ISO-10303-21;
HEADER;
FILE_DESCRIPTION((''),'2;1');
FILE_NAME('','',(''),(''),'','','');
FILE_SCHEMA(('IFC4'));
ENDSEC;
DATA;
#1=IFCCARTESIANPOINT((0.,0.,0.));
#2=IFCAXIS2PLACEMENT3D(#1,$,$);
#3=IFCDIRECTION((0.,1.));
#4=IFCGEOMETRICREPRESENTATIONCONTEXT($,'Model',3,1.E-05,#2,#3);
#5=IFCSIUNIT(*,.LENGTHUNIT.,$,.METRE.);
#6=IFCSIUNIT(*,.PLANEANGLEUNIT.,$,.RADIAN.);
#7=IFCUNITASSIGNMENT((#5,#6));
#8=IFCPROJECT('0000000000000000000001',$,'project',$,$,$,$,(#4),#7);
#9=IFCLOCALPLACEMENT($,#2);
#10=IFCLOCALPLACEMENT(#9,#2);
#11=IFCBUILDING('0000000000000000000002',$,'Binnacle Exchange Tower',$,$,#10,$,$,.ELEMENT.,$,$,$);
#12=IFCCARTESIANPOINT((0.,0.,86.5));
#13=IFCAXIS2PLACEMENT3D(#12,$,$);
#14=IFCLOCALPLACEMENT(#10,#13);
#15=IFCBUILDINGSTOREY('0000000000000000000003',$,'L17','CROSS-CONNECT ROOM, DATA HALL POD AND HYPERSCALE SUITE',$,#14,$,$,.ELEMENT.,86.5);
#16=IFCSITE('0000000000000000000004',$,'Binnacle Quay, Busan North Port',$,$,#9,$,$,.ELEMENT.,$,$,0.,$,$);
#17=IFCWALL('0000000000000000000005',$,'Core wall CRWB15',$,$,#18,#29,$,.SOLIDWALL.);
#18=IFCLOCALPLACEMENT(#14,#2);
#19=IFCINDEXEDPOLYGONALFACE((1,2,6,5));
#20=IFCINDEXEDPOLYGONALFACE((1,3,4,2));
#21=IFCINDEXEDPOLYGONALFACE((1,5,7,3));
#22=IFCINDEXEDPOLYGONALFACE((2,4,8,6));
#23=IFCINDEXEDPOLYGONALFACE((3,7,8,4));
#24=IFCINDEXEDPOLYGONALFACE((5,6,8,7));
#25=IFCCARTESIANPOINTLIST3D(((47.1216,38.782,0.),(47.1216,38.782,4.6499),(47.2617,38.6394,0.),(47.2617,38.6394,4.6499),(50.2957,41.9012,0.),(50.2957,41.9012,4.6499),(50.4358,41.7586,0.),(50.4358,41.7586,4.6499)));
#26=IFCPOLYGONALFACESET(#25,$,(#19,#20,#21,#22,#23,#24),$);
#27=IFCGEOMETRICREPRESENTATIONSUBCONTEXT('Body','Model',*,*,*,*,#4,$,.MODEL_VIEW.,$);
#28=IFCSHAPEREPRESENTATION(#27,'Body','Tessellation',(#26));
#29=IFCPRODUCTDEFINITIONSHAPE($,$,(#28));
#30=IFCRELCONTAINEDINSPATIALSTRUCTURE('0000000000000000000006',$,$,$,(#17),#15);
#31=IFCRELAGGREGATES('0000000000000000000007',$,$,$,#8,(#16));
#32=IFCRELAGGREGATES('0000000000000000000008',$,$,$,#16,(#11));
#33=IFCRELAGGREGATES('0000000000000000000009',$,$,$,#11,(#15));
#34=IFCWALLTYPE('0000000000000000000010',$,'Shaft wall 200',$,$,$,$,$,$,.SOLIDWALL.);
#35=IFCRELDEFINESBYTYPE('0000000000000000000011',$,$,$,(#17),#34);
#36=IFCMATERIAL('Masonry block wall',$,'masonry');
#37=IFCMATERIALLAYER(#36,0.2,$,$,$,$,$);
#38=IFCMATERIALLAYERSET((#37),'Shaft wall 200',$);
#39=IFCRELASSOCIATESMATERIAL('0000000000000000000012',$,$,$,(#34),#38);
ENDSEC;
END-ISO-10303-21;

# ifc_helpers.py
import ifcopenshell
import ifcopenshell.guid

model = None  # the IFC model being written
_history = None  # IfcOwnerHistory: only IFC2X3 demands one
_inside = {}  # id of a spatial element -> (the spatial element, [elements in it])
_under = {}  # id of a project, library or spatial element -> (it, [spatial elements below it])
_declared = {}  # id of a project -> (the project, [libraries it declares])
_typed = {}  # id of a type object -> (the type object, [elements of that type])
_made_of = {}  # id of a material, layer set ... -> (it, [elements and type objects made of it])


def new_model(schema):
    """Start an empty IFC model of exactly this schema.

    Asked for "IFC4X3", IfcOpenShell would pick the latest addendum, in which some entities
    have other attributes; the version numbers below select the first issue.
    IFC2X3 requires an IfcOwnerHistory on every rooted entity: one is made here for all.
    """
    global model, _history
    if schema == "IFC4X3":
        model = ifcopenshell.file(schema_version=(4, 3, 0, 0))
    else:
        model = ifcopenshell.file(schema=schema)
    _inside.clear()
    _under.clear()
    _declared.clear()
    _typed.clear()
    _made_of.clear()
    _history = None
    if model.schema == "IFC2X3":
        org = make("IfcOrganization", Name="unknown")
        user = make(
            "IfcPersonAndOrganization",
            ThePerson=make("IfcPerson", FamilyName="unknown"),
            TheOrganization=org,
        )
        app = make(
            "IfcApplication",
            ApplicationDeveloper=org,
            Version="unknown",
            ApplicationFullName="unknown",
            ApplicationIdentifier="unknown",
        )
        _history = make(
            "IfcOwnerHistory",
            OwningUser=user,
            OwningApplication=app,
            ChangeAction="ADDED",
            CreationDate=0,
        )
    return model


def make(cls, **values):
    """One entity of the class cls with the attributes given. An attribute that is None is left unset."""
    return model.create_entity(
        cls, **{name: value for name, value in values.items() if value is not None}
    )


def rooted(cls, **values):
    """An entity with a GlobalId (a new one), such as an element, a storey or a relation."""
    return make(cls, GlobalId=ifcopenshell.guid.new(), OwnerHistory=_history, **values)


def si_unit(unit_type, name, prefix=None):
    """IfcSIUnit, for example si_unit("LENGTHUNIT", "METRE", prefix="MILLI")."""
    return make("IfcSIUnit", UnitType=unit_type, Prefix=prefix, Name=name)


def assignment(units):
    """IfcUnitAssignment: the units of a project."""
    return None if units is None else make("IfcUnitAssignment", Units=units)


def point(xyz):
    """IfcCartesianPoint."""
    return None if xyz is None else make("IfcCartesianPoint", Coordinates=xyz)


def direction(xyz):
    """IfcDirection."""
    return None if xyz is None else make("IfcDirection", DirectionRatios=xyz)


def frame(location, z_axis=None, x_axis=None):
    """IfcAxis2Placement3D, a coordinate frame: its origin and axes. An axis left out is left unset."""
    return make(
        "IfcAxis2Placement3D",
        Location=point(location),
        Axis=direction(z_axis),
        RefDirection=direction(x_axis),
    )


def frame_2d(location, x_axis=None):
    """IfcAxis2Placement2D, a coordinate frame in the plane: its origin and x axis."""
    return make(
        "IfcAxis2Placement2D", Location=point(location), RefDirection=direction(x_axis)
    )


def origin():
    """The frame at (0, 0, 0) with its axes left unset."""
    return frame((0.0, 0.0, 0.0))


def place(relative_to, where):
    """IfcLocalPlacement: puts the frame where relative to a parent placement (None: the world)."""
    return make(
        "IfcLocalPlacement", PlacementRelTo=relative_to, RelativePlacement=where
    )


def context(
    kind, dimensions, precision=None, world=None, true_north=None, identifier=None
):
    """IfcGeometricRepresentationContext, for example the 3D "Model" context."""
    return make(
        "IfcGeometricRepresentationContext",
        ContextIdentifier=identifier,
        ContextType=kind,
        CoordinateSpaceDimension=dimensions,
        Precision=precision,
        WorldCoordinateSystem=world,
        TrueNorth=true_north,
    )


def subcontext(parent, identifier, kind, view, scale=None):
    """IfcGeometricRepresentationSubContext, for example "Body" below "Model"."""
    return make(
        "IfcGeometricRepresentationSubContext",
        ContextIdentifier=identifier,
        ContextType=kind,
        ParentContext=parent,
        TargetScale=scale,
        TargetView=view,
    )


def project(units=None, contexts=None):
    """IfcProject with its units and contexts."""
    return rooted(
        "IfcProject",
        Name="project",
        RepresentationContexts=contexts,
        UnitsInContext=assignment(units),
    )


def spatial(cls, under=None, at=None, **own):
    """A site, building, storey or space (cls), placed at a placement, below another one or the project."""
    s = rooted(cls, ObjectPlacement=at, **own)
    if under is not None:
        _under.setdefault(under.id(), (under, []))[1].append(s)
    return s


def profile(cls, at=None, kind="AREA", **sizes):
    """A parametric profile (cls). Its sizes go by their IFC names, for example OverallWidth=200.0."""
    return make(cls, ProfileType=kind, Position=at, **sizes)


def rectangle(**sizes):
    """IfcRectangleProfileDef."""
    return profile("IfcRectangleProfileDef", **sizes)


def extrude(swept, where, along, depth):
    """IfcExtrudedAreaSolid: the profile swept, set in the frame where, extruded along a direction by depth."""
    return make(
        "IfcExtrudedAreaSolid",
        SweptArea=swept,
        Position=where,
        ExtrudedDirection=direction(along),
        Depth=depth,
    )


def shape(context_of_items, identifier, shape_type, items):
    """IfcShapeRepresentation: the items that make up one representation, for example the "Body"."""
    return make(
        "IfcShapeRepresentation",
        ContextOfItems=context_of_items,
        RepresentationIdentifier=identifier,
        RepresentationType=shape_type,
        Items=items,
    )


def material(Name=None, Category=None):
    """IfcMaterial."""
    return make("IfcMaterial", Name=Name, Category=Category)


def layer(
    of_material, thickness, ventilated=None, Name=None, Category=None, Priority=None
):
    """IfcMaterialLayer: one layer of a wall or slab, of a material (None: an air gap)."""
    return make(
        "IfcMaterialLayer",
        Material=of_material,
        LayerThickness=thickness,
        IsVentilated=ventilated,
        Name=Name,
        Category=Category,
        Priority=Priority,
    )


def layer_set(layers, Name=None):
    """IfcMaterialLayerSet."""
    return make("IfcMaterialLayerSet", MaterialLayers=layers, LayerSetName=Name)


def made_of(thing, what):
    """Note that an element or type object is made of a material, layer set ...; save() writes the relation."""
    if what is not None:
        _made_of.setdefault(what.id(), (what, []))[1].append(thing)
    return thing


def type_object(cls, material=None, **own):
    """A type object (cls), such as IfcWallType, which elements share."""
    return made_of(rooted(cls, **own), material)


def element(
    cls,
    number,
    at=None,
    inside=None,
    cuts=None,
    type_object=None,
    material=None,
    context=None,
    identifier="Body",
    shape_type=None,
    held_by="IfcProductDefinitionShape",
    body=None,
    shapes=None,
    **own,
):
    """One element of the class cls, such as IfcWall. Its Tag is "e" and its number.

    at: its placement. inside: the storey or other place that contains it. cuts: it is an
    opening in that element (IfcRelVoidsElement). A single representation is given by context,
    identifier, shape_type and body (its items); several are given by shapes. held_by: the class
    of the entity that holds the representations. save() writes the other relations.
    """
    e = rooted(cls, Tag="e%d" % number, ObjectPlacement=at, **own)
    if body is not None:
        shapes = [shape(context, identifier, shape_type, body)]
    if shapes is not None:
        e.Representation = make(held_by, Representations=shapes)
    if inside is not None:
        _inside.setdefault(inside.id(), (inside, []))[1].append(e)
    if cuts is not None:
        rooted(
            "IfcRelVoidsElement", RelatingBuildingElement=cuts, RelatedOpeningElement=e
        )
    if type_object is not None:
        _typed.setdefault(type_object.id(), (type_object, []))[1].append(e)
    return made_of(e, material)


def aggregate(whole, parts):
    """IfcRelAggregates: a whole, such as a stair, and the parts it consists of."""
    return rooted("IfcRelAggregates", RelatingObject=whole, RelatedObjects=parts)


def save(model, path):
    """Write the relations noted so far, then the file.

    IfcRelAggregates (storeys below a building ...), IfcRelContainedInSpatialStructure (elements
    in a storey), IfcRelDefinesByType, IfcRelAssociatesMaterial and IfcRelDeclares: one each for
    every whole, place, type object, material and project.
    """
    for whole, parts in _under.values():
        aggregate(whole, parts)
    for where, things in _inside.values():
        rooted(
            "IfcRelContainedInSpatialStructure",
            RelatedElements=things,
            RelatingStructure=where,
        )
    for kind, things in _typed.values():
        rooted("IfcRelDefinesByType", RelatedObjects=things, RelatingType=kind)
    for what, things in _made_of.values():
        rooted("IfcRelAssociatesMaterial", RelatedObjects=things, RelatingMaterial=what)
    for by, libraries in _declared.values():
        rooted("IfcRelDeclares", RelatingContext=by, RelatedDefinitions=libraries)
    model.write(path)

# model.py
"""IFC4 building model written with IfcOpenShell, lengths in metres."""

from ifc_helpers import new_model, si_unit, direction, frame, frame_2d, origin, place, context, subcontext, project, spatial, rectangle, extrude, material, layer, layer_set, type_object, element, save


model = new_model("IFC4")

# Units and contexts
model_context = context("Model", 3, precision=1e-05, world=origin(), true_north=direction((0.0, 1.0)))
body_context = subcontext(model_context, "Body", "Model", "MODEL_VIEW")
ifc_project = project(units=[si_unit("LENGTHUNIT", "METRE"), si_unit("PLANEANGLEUNIT", "RADIAN")], contexts=[model_context])

# Site, building, storey
site_placement = place(None, origin())
site = spatial("IfcSite", under=ifc_project, at=site_placement, Name="Binnacle Quay, Busan North Port", CompositionType="ELEMENT", RefElevation=0.0)
building_placement = place(site_placement, origin())
building = spatial("IfcBuilding", under=site, at=building_placement, Name="Binnacle Exchange Tower", CompositionType="ELEMENT")
storey_placement = place(building_placement, frame((0.0, 0.0, 86.5)))
storey = spatial("IfcBuildingStorey", under=building, at=storey_placement, Name="L17", Description="CROSS-CONNECT ROOM, DATA HALL POD AND HYPERSCALE SUITE", CompositionType="ELEMENT", Elevation=86.5)

# Wall
ifc_material_1 = material(Name="Masonry block wall", Category="masonry")
ifc_layer_1 = layer(ifc_material_1, 0.2)
ifc_layer_set_1 = layer_set([ifc_layer_1], Name="Shaft wall 200")
wall_type_1 = type_object("IfcWallType", Name="Shaft wall 200", PredefinedType="SOLIDWALL", material=ifc_layer_set_1)
for number, where, z_axis, x_axis, name in (
    (1, (47.1917, 38.7107, 0.0), (0.0, 0.0, 1.0), (0.713252, 0.700908, 0.0), "Core wall CRWB15"),
):
    element("IfcWall", number, at=place(storey_placement, frame(where, z_axis=z_axis, x_axis=x_axis)), inside=storey, type_object=wall_type_1, Name=name, PredefinedType="SOLIDWALL", context=body_context, shape_type="SweptSolid", body=[
        extrude(rectangle(XDim=4.4502, YDim=0.2, at=frame_2d((2.2251, 0.0))), origin(), (0.0, 0.0, 1.0), 4.6499),
    ])

save(model, "model.ifc")
